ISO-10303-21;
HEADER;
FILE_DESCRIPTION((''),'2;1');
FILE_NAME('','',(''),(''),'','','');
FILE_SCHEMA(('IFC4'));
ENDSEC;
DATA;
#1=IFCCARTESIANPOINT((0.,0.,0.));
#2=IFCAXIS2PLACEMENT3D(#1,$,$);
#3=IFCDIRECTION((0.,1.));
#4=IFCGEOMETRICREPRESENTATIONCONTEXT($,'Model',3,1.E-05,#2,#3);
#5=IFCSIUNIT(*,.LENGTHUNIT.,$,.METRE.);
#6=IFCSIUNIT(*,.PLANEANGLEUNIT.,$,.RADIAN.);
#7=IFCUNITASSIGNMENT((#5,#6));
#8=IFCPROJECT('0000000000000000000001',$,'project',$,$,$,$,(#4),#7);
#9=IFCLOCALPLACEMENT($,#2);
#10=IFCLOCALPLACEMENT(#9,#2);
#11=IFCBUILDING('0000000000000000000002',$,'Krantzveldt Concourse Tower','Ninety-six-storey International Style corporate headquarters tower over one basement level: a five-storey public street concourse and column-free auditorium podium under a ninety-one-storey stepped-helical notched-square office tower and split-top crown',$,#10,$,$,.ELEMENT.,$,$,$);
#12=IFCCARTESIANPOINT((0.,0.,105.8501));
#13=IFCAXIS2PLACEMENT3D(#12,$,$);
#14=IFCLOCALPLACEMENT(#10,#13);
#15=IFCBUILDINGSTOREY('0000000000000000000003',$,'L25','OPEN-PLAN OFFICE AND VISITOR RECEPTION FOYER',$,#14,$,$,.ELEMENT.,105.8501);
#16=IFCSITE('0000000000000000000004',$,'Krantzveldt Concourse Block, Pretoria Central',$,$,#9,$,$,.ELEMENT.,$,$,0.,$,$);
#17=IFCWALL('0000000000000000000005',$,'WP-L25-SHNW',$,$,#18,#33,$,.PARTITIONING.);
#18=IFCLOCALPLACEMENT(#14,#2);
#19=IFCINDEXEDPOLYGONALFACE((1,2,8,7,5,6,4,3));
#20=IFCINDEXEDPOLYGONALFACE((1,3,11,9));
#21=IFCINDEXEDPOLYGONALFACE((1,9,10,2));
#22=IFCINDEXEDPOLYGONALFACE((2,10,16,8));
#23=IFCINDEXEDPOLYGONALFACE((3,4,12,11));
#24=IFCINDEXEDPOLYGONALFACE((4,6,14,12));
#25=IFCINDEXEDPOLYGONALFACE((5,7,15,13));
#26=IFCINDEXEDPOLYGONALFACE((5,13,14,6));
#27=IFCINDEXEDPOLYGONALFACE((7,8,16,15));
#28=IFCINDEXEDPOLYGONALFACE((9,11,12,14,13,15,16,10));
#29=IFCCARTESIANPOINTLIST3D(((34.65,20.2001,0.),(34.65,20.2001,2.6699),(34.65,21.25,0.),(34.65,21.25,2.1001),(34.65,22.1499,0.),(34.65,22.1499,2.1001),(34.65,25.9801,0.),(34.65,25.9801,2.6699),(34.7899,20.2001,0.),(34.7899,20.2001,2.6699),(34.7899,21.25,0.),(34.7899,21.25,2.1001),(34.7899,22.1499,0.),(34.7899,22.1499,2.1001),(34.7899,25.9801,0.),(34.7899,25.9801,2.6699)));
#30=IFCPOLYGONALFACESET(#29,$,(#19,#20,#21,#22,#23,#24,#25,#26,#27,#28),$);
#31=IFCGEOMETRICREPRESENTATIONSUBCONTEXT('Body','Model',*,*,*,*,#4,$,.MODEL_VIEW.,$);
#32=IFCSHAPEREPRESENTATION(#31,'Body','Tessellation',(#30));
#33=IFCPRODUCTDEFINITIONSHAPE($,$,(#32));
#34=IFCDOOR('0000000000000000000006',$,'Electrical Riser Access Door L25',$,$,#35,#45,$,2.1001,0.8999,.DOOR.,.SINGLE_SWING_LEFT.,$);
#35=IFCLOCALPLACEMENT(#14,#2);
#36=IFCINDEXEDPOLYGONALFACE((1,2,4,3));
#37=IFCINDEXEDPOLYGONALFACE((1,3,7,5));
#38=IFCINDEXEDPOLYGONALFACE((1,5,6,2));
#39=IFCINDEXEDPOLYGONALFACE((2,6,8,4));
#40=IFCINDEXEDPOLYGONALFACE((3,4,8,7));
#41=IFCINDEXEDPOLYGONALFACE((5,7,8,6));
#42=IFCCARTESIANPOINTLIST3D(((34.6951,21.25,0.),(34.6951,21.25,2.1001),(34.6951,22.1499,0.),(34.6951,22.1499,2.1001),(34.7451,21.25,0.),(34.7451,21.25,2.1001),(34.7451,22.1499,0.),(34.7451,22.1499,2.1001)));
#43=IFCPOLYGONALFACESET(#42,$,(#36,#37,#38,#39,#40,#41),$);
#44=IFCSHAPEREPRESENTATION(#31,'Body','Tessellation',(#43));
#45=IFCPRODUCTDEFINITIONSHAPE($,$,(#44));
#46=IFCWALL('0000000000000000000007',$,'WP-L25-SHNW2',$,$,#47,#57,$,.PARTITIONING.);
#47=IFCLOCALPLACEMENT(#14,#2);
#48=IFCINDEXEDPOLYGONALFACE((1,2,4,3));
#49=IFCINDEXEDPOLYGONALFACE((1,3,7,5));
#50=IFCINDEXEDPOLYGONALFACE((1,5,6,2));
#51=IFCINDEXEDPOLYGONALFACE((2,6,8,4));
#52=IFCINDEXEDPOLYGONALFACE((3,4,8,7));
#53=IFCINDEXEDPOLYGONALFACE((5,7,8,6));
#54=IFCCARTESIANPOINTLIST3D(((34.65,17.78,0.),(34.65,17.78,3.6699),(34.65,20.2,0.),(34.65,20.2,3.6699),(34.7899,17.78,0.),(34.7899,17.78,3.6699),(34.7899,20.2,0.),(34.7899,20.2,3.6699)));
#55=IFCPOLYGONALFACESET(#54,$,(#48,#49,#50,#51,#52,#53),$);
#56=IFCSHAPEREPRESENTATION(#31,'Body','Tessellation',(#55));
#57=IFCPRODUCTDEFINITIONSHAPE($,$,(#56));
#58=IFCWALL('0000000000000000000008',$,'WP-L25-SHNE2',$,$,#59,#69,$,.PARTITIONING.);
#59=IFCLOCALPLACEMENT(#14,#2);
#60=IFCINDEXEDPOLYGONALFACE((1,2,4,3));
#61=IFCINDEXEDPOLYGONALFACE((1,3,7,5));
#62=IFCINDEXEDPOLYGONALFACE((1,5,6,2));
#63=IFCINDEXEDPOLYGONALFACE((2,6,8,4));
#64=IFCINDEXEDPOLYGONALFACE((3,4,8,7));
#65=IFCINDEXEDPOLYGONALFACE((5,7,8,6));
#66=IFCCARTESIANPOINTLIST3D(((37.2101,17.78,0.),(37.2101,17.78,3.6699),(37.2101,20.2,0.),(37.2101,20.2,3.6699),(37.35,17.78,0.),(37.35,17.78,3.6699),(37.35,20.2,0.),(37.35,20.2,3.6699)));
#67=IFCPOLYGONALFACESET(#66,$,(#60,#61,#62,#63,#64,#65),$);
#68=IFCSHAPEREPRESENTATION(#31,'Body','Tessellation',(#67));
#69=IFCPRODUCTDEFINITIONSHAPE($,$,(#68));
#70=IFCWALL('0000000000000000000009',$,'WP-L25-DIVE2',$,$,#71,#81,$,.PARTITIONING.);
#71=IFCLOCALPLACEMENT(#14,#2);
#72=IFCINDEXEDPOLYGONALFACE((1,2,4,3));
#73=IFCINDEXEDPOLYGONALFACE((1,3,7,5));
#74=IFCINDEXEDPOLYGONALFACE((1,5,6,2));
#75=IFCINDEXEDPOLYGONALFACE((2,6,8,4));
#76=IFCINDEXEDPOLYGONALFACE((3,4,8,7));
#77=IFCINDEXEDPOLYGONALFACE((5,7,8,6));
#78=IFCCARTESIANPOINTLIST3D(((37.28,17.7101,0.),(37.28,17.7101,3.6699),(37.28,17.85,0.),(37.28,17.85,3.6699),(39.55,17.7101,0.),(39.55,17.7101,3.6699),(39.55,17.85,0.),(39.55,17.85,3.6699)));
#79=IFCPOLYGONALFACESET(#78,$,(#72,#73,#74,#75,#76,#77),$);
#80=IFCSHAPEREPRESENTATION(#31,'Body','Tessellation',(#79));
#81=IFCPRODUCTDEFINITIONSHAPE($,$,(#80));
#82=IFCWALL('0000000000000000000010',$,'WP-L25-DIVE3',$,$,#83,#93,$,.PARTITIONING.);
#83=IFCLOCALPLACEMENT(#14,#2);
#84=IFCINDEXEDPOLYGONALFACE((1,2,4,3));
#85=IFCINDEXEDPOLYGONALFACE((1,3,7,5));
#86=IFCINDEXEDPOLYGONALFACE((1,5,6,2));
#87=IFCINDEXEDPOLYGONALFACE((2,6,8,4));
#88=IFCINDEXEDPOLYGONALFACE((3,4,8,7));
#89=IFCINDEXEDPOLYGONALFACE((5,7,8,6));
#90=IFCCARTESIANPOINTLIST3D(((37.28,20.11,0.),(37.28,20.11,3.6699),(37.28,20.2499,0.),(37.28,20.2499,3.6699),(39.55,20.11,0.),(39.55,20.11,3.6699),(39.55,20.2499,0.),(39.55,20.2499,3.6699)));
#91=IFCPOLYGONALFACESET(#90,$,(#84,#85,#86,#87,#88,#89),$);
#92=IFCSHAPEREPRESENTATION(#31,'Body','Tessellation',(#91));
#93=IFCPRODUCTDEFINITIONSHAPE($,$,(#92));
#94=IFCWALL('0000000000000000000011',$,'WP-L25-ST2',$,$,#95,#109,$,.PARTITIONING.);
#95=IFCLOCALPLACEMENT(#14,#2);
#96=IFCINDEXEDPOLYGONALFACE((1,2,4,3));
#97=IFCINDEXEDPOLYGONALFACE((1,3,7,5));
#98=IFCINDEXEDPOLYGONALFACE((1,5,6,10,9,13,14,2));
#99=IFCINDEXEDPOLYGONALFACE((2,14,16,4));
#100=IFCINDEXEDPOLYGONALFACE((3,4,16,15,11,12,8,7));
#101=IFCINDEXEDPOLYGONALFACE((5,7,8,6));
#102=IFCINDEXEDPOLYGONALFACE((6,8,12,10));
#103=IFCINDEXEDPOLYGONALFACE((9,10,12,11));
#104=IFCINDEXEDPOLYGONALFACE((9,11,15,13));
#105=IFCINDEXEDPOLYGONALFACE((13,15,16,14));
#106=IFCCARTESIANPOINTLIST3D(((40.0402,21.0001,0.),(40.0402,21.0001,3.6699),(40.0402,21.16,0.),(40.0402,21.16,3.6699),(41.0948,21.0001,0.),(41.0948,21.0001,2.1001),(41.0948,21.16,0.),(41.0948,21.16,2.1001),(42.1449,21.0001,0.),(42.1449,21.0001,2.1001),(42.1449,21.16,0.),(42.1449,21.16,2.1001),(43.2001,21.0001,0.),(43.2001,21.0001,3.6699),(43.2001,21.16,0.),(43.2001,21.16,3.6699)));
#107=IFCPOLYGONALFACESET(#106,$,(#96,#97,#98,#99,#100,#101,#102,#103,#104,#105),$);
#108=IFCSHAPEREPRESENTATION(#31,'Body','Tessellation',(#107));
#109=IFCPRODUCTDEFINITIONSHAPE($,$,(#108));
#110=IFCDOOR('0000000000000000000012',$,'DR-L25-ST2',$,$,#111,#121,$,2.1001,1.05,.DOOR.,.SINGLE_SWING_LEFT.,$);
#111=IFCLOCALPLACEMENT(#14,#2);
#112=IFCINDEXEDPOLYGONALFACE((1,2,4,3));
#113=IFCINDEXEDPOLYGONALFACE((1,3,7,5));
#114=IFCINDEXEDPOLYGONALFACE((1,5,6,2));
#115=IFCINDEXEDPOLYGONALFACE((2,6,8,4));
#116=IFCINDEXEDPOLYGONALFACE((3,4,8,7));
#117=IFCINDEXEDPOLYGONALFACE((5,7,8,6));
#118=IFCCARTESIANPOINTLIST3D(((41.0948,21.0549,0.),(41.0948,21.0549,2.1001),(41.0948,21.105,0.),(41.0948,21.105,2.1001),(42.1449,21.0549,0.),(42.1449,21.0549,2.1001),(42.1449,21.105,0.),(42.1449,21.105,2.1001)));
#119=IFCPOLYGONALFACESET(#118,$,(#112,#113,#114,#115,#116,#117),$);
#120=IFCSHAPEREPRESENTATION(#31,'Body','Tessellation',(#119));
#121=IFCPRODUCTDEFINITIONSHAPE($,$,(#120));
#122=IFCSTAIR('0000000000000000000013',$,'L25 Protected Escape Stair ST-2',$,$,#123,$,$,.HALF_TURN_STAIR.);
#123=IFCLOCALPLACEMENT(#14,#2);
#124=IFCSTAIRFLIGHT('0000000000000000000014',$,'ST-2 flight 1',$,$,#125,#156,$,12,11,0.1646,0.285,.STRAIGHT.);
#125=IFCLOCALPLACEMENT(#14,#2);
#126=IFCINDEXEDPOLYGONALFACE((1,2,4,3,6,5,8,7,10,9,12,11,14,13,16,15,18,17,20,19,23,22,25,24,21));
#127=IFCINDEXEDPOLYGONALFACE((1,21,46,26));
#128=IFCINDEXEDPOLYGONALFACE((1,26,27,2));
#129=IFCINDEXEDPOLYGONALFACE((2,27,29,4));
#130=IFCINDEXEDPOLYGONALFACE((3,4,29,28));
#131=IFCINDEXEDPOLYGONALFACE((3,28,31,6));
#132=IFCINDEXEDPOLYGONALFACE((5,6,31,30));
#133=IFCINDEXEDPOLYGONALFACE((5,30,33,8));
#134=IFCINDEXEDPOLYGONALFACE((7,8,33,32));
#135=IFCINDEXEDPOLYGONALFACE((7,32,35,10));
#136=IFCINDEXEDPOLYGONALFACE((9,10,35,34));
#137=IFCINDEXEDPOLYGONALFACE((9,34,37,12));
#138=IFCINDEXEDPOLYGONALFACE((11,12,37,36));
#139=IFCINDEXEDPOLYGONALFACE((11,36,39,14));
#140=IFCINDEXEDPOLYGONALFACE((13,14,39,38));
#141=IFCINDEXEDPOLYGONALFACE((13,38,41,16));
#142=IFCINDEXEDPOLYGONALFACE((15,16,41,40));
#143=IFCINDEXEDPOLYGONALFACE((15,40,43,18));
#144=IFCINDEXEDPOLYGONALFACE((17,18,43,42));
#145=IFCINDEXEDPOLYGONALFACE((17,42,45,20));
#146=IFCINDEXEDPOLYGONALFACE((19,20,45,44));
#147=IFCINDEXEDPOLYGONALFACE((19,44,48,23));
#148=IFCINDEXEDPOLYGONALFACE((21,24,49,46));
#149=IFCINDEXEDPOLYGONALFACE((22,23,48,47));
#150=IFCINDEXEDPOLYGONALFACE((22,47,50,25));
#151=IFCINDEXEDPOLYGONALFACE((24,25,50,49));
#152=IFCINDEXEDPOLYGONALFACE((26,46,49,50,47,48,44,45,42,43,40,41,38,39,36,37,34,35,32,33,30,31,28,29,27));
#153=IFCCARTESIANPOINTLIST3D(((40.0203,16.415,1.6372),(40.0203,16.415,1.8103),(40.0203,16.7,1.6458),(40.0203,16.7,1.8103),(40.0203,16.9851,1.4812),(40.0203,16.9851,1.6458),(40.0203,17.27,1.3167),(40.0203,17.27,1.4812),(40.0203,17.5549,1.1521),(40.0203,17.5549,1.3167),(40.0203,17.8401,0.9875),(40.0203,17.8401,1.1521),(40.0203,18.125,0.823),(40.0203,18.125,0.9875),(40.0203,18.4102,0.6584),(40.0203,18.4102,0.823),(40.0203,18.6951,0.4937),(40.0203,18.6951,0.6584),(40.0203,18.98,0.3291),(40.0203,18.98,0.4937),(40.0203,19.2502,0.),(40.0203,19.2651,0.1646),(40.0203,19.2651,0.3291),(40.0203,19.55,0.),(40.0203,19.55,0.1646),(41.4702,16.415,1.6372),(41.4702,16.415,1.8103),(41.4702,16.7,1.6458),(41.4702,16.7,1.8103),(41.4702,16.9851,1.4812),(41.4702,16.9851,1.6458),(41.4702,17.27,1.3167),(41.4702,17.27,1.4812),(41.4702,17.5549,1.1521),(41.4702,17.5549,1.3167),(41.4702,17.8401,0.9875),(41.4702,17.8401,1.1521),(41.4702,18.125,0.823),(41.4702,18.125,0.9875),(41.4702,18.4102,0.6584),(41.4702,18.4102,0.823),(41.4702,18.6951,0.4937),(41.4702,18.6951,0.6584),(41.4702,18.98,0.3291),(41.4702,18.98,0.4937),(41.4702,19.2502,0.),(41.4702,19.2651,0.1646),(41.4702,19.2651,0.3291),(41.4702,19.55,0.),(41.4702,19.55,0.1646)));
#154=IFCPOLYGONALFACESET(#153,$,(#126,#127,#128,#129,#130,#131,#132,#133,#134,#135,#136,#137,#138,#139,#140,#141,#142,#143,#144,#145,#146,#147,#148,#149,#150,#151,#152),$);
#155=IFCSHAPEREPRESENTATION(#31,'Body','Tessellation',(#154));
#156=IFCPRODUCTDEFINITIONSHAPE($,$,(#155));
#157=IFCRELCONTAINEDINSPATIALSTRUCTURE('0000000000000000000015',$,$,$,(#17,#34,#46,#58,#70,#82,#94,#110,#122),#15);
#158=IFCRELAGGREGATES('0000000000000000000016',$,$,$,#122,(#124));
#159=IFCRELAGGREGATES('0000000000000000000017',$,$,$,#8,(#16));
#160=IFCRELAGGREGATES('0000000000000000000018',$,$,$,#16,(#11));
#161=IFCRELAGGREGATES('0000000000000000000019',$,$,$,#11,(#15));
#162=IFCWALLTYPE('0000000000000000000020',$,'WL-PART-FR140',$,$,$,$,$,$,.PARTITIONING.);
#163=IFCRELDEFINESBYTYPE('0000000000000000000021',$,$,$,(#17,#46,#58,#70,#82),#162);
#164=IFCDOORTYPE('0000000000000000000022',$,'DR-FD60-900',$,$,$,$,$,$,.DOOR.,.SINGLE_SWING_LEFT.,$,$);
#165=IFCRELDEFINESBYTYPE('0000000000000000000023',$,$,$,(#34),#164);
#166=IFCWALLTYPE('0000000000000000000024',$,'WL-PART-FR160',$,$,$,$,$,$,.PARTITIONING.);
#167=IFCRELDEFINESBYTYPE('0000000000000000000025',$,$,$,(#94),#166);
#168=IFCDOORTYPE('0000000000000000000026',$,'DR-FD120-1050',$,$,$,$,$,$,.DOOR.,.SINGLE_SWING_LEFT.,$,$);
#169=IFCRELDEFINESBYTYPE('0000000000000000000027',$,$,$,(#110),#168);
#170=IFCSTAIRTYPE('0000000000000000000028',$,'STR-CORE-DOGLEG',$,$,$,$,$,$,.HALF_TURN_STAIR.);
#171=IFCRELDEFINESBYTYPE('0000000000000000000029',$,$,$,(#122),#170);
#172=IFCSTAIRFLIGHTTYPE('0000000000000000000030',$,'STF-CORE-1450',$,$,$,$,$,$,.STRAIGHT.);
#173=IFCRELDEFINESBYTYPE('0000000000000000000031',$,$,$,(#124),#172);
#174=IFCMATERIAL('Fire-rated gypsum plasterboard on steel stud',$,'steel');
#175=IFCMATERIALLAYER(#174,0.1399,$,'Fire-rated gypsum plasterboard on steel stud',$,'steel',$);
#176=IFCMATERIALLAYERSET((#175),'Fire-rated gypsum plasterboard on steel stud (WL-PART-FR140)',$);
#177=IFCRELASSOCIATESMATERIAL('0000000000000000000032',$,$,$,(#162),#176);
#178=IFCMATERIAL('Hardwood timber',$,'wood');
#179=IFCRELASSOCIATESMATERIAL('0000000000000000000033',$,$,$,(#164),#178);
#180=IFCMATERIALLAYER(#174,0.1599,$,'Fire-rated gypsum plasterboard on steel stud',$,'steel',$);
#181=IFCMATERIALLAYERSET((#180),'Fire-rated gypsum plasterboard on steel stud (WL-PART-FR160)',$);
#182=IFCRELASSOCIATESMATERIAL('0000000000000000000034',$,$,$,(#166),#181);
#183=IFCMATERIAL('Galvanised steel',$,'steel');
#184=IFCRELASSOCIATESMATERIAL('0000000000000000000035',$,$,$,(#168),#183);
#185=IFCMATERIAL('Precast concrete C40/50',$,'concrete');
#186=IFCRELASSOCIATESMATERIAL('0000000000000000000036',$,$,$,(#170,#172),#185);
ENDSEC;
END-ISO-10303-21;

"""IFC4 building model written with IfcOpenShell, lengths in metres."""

from ifc_helpers import new_model, si_unit, direction, frame, frame_2d, origin, place, context, subcontext, project, spatial, polyline, rectangle, outline, extrude, material, layer, layer_set, type_object, element, fill, aggregate, save


model = new_model("IFC4")

# Units and contexts
model_context = context("Model", 3, precision=1e-05, world=origin(), true_north=direction((0.0, 1.0)))
body_context = subcontext(model_context, "Body", "Model", "MODEL_VIEW")
ifc_project = project(units=[si_unit("LENGTHUNIT", "METRE"), si_unit("PLANEANGLEUNIT", "RADIAN")], contexts=[model_context])

# Site, building, storey
site_placement = place(None, origin())
site = spatial("IfcSite", under=ifc_project, at=site_placement, Name="Krantzveldt Concourse Block, Pretoria Central", CompositionType="ELEMENT", RefElevation=0.0)
building_placement = place(site_placement, origin())
building = spatial("IfcBuilding", under=site, at=building_placement, Name="Krantzveldt Concourse Tower", Description="Ninety-six-storey International Style corporate headquarters tower over one basement level: a five-storey public street concourse and column-free auditorium podium under a ninety-one-storey stepped-helical notched-square office tower and split-top crown", CompositionType="ELEMENT")
storey_placement = place(building_placement, frame((0.0, 0.0, 105.8501)))
storey = spatial("IfcBuildingStorey", under=building, at=storey_placement, Name="L25", Description="OPEN-PLAN OFFICE AND VISITOR RECEPTION FOYER", CompositionType="ELEMENT", Elevation=105.8501)

# Wall, opening, door
ifc_material_1 = material(Name="Fire-rated gypsum plasterboard on steel stud", Category="steel")
ifc_layer_1 = layer(ifc_material_1, 0.1399, Name="Fire-rated gypsum plasterboard on steel stud", Category="steel")
ifc_layer_set_1 = layer_set([ifc_layer_1], Name="Fire-rated gypsum plasterboard on steel stud (WL-PART-FR140)")
wall_type_1 = type_object("IfcWallType", Name="WL-PART-FR140", PredefinedType="PARTITIONING", material=ifc_layer_set_1)
wall_1_placement = place(storey_placement, frame((34.72, 20.2, 0.0), z_axis=(0.0, 0.0, 1.0), x_axis=(0.0, 1.0, 0.0)))
wall_1 = element("IfcWall", 1, at=wall_1_placement, inside=storey, type_object=wall_type_1, Name="WP-L25-SHNW", PredefinedType="PARTITIONING", context=body_context, shape_type="SweptSolid", body=[
    extrude(rectangle(XDim=5.78, YDim=0.1399, at=frame_2d((2.8901, 0.0))), origin(), (0.0, 0.0, 1.0), 2.6699),
])
opening_1_placement = place(wall_1_placement, frame((1.05, 0.0, 0.0)))
opening_1 = element("IfcOpeningElement", 2, at=opening_1_placement, cuts=wall_1, PredefinedType="OPENING", context=body_context, shape_type="SweptSolid", body=[
    extrude(rectangle(XDim=0.8999, YDim=2.1001, at=frame_2d((0.45, 1.05))), frame((0.0, 0.0801, 0.0), z_axis=(0.0, -1.0, 0.0), x_axis=(1.0, 0.0, 0.0)), (0.0, 0.0, 1.0), 0.1599),
])
ifc_material_2 = material(Name="Hardwood timber", Category="wood")
door_type_1 = type_object("IfcDoorType", Name="DR-FD60-900", OperationType="SINGLE_SWING_LEFT", PredefinedType="DOOR", material=ifc_material_2)
door_1_placement = place(opening_1_placement, origin())
door_1 = element("IfcDoor", 3, at=door_1_placement, inside=storey, type_object=door_type_1, Name="Electrical Riser Access Door L25", OperationType="SINGLE_SWING_LEFT", OverallHeight=2.1001, OverallWidth=0.8999, PredefinedType="DOOR", context=body_context, shape_type="SweptSolid", body=[
    extrude(rectangle(XDim=0.8999, YDim=2.1001, at=frame_2d((0.45, 1.05))), frame((0.0, 0.0249, 0.0), z_axis=(0.0, -1.0, 0.0), x_axis=(1.0, 0.0, 0.0)), (0.0, 0.0, 1.0), 0.05),
])
fill(opening_1, door_1)

# Walls
for number, where, z_axis, x_axis, name in (
    (4, (34.72, 17.78, 0.0), (0.0, 0.0, 1.0), (0.0, 1.0, 0.0), "WP-L25-SHNW2"),
    (5, (37.28, 17.78, 0.0), (0.0, 0.0, 1.0), (0.0, 1.0, 0.0), "WP-L25-SHNE2"),
):
    element("IfcWall", number, at=place(storey_placement, frame(where, z_axis=z_axis, x_axis=x_axis)), inside=storey, type_object=wall_type_1, Name=name, PredefinedType="PARTITIONING", context=body_context, shape_type="SweptSolid", body=[
        extrude(rectangle(XDim=2.4199, YDim=0.1399, at=frame_2d((1.21, 0.0))), origin(), (0.0, 0.0, 1.0), 3.6699),
    ])
for number, where, z_axis, x_axis, name in (
    (6, (37.28, 17.78, 0.0), (0.0, 0.0, 1.0), (1.0, 0.0, 0.0), "WP-L25-DIVE2"),
    (7, (37.28, 20.1799, 0.0), (0.0, 0.0, 1.0), (1.0, 0.0, 0.0), "WP-L25-DIVE3"),
):
    element("IfcWall", number, at=place(storey_placement, frame(where, z_axis=z_axis, x_axis=x_axis)), inside=storey, type_object=wall_type_1, Name=name, PredefinedType="PARTITIONING", context=body_context, shape_type="SweptSolid", body=[
        extrude(rectangle(XDim=2.27, YDim=0.1399, at=frame_2d((1.135, 0.0))), origin(), (0.0, 0.0, 1.0), 3.6699),
    ])

# Wall, opening, door
ifc_layer_2 = layer(ifc_material_1, 0.1599, Name="Fire-rated gypsum plasterboard on steel stud", Category="steel")
ifc_layer_set_2 = layer_set([ifc_layer_2], Name="Fire-rated gypsum plasterboard on steel stud (WL-PART-FR160)")
wall_type_2 = type_object("IfcWallType", Name="WL-PART-FR160", PredefinedType="PARTITIONING", material=ifc_layer_set_2)
wall_2_placement = place(storey_placement, frame((40.04, 21.0801, 0.0), z_axis=(0.0, 0.0, 1.0), x_axis=(1.0, 0.0, 0.0)))
wall_2 = element("IfcWall", 8, at=wall_2_placement, inside=storey, type_object=wall_type_2, Name="WP-L25-ST2", PredefinedType="PARTITIONING", context=body_context, shape_type="SweptSolid", body=[
    extrude(rectangle(XDim=3.1599, YDim=0.1599, at=frame_2d((1.5801, 0.0))), origin(), (0.0, 0.0, 1.0), 3.6699),
])
opening_2_placement = place(wall_2_placement, frame((1.0549, 0.0, 0.0)))
opening_2 = element("IfcOpeningElement", 9, at=opening_2_placement, cuts=wall_2, PredefinedType="OPENING", context=body_context, shape_type="SweptSolid", body=[
    extrude(rectangle(XDim=1.05, YDim=2.1001, at=frame_2d((0.5249, 1.05))), frame((0.0, 0.0898, 0.0), z_axis=(0.0, -1.0, 0.0), x_axis=(1.0, 0.0, 0.0)), (0.0, 0.0, 1.0), 0.1799),
])
ifc_material_3 = material(Name="Galvanised steel", Category="steel")
door_type_2 = type_object("IfcDoorType", Name="DR-FD120-1050", OperationType="SINGLE_SWING_LEFT", PredefinedType="DOOR", material=ifc_material_3)
door_2_placement = place(opening_2_placement, origin())
door_2 = element("IfcDoor", 10, at=door_2_placement, inside=storey, type_object=door_type_2, Name="DR-L25-ST2", OperationType="SINGLE_SWING_LEFT", OverallHeight=2.1001, OverallWidth=1.05, PredefinedType="DOOR", context=body_context, shape_type="SweptSolid", body=[
    extrude(rectangle(XDim=1.05, YDim=2.1001, at=frame_2d((0.5249, 1.05))), frame((0.0, 0.0249, 0.0), z_axis=(0.0, -1.0, 0.0), x_axis=(1.0, 0.0, 0.0)), (0.0, 0.0, 1.0), 0.05),
])
fill(opening_2, door_2)

# Stair, stair flight
ifc_material_4 = material(Name="Precast concrete C40/50", Category="concrete")
stair_type = type_object("IfcStairType", Name="STR-CORE-DOGLEG", PredefinedType="HALF_TURN_STAIR", material=ifc_material_4)
stair_placement = place(storey_placement, origin())
stair = element("IfcStair", 11, at=stair_placement, inside=storey, type_object=stair_type, Name="L25 Protected Escape Stair ST-2", PredefinedType="HALF_TURN_STAIR")
stair_flight_type = type_object("IfcStairFlightType", Name="STF-CORE-1450", PredefinedType="STRAIGHT", material=ifc_material_4)
stair_flight_1_placement = place(storey_placement, frame((40.7451, 19.55, 0.0), z_axis=(0.0, 0.0, 1.0), x_axis=(0.0, -1.0, 0.0)))
stair_flight_1 = element("IfcStairFlight", 12, at=stair_flight_1_placement, type_object=stair_flight_type, Name="ST-2 flight 1", NumberOfRisers=12, NumberOfTreads=11, PredefinedType="STRAIGHT", RiserHeight=0.1646, TreadLength=0.285, context=body_context, shape_type="SweptSolid", body=[
    extrude(outline(polyline([(0.0, 0.0), (0.0, 0.1646), (0.2849, 0.1646), (0.2849, 0.3291), (0.5701, 0.3291), (0.5701, 0.4937), (0.855, 0.4937), (0.855, 0.6584), (1.1399, 0.6584), (1.1399, 0.823), (1.425, 0.823), (1.425, 0.9875), (1.71, 0.9875), (1.71, 1.1521), (1.9951, 1.1521), (1.9951, 1.3167), (2.28, 1.3167), (2.28, 1.4812), (2.5649, 1.4812), (2.5649, 1.6458), (2.8501, 1.6458), (2.8501, 1.8103), (3.135, 1.8103), (3.135, 1.9751), (3.135, 1.6372), (0.2998, 0.0), (0.0, 0.0)])), frame((0.0, 0.7251, 0.0), z_axis=(0.0, -1.0, 0.0), x_axis=(1.0, 0.0, 0.0)), (0.0, 0.0, 1.0), 1.45),
])
aggregate(stair, [stair_flight_1])

save(model, "model.ifc")
